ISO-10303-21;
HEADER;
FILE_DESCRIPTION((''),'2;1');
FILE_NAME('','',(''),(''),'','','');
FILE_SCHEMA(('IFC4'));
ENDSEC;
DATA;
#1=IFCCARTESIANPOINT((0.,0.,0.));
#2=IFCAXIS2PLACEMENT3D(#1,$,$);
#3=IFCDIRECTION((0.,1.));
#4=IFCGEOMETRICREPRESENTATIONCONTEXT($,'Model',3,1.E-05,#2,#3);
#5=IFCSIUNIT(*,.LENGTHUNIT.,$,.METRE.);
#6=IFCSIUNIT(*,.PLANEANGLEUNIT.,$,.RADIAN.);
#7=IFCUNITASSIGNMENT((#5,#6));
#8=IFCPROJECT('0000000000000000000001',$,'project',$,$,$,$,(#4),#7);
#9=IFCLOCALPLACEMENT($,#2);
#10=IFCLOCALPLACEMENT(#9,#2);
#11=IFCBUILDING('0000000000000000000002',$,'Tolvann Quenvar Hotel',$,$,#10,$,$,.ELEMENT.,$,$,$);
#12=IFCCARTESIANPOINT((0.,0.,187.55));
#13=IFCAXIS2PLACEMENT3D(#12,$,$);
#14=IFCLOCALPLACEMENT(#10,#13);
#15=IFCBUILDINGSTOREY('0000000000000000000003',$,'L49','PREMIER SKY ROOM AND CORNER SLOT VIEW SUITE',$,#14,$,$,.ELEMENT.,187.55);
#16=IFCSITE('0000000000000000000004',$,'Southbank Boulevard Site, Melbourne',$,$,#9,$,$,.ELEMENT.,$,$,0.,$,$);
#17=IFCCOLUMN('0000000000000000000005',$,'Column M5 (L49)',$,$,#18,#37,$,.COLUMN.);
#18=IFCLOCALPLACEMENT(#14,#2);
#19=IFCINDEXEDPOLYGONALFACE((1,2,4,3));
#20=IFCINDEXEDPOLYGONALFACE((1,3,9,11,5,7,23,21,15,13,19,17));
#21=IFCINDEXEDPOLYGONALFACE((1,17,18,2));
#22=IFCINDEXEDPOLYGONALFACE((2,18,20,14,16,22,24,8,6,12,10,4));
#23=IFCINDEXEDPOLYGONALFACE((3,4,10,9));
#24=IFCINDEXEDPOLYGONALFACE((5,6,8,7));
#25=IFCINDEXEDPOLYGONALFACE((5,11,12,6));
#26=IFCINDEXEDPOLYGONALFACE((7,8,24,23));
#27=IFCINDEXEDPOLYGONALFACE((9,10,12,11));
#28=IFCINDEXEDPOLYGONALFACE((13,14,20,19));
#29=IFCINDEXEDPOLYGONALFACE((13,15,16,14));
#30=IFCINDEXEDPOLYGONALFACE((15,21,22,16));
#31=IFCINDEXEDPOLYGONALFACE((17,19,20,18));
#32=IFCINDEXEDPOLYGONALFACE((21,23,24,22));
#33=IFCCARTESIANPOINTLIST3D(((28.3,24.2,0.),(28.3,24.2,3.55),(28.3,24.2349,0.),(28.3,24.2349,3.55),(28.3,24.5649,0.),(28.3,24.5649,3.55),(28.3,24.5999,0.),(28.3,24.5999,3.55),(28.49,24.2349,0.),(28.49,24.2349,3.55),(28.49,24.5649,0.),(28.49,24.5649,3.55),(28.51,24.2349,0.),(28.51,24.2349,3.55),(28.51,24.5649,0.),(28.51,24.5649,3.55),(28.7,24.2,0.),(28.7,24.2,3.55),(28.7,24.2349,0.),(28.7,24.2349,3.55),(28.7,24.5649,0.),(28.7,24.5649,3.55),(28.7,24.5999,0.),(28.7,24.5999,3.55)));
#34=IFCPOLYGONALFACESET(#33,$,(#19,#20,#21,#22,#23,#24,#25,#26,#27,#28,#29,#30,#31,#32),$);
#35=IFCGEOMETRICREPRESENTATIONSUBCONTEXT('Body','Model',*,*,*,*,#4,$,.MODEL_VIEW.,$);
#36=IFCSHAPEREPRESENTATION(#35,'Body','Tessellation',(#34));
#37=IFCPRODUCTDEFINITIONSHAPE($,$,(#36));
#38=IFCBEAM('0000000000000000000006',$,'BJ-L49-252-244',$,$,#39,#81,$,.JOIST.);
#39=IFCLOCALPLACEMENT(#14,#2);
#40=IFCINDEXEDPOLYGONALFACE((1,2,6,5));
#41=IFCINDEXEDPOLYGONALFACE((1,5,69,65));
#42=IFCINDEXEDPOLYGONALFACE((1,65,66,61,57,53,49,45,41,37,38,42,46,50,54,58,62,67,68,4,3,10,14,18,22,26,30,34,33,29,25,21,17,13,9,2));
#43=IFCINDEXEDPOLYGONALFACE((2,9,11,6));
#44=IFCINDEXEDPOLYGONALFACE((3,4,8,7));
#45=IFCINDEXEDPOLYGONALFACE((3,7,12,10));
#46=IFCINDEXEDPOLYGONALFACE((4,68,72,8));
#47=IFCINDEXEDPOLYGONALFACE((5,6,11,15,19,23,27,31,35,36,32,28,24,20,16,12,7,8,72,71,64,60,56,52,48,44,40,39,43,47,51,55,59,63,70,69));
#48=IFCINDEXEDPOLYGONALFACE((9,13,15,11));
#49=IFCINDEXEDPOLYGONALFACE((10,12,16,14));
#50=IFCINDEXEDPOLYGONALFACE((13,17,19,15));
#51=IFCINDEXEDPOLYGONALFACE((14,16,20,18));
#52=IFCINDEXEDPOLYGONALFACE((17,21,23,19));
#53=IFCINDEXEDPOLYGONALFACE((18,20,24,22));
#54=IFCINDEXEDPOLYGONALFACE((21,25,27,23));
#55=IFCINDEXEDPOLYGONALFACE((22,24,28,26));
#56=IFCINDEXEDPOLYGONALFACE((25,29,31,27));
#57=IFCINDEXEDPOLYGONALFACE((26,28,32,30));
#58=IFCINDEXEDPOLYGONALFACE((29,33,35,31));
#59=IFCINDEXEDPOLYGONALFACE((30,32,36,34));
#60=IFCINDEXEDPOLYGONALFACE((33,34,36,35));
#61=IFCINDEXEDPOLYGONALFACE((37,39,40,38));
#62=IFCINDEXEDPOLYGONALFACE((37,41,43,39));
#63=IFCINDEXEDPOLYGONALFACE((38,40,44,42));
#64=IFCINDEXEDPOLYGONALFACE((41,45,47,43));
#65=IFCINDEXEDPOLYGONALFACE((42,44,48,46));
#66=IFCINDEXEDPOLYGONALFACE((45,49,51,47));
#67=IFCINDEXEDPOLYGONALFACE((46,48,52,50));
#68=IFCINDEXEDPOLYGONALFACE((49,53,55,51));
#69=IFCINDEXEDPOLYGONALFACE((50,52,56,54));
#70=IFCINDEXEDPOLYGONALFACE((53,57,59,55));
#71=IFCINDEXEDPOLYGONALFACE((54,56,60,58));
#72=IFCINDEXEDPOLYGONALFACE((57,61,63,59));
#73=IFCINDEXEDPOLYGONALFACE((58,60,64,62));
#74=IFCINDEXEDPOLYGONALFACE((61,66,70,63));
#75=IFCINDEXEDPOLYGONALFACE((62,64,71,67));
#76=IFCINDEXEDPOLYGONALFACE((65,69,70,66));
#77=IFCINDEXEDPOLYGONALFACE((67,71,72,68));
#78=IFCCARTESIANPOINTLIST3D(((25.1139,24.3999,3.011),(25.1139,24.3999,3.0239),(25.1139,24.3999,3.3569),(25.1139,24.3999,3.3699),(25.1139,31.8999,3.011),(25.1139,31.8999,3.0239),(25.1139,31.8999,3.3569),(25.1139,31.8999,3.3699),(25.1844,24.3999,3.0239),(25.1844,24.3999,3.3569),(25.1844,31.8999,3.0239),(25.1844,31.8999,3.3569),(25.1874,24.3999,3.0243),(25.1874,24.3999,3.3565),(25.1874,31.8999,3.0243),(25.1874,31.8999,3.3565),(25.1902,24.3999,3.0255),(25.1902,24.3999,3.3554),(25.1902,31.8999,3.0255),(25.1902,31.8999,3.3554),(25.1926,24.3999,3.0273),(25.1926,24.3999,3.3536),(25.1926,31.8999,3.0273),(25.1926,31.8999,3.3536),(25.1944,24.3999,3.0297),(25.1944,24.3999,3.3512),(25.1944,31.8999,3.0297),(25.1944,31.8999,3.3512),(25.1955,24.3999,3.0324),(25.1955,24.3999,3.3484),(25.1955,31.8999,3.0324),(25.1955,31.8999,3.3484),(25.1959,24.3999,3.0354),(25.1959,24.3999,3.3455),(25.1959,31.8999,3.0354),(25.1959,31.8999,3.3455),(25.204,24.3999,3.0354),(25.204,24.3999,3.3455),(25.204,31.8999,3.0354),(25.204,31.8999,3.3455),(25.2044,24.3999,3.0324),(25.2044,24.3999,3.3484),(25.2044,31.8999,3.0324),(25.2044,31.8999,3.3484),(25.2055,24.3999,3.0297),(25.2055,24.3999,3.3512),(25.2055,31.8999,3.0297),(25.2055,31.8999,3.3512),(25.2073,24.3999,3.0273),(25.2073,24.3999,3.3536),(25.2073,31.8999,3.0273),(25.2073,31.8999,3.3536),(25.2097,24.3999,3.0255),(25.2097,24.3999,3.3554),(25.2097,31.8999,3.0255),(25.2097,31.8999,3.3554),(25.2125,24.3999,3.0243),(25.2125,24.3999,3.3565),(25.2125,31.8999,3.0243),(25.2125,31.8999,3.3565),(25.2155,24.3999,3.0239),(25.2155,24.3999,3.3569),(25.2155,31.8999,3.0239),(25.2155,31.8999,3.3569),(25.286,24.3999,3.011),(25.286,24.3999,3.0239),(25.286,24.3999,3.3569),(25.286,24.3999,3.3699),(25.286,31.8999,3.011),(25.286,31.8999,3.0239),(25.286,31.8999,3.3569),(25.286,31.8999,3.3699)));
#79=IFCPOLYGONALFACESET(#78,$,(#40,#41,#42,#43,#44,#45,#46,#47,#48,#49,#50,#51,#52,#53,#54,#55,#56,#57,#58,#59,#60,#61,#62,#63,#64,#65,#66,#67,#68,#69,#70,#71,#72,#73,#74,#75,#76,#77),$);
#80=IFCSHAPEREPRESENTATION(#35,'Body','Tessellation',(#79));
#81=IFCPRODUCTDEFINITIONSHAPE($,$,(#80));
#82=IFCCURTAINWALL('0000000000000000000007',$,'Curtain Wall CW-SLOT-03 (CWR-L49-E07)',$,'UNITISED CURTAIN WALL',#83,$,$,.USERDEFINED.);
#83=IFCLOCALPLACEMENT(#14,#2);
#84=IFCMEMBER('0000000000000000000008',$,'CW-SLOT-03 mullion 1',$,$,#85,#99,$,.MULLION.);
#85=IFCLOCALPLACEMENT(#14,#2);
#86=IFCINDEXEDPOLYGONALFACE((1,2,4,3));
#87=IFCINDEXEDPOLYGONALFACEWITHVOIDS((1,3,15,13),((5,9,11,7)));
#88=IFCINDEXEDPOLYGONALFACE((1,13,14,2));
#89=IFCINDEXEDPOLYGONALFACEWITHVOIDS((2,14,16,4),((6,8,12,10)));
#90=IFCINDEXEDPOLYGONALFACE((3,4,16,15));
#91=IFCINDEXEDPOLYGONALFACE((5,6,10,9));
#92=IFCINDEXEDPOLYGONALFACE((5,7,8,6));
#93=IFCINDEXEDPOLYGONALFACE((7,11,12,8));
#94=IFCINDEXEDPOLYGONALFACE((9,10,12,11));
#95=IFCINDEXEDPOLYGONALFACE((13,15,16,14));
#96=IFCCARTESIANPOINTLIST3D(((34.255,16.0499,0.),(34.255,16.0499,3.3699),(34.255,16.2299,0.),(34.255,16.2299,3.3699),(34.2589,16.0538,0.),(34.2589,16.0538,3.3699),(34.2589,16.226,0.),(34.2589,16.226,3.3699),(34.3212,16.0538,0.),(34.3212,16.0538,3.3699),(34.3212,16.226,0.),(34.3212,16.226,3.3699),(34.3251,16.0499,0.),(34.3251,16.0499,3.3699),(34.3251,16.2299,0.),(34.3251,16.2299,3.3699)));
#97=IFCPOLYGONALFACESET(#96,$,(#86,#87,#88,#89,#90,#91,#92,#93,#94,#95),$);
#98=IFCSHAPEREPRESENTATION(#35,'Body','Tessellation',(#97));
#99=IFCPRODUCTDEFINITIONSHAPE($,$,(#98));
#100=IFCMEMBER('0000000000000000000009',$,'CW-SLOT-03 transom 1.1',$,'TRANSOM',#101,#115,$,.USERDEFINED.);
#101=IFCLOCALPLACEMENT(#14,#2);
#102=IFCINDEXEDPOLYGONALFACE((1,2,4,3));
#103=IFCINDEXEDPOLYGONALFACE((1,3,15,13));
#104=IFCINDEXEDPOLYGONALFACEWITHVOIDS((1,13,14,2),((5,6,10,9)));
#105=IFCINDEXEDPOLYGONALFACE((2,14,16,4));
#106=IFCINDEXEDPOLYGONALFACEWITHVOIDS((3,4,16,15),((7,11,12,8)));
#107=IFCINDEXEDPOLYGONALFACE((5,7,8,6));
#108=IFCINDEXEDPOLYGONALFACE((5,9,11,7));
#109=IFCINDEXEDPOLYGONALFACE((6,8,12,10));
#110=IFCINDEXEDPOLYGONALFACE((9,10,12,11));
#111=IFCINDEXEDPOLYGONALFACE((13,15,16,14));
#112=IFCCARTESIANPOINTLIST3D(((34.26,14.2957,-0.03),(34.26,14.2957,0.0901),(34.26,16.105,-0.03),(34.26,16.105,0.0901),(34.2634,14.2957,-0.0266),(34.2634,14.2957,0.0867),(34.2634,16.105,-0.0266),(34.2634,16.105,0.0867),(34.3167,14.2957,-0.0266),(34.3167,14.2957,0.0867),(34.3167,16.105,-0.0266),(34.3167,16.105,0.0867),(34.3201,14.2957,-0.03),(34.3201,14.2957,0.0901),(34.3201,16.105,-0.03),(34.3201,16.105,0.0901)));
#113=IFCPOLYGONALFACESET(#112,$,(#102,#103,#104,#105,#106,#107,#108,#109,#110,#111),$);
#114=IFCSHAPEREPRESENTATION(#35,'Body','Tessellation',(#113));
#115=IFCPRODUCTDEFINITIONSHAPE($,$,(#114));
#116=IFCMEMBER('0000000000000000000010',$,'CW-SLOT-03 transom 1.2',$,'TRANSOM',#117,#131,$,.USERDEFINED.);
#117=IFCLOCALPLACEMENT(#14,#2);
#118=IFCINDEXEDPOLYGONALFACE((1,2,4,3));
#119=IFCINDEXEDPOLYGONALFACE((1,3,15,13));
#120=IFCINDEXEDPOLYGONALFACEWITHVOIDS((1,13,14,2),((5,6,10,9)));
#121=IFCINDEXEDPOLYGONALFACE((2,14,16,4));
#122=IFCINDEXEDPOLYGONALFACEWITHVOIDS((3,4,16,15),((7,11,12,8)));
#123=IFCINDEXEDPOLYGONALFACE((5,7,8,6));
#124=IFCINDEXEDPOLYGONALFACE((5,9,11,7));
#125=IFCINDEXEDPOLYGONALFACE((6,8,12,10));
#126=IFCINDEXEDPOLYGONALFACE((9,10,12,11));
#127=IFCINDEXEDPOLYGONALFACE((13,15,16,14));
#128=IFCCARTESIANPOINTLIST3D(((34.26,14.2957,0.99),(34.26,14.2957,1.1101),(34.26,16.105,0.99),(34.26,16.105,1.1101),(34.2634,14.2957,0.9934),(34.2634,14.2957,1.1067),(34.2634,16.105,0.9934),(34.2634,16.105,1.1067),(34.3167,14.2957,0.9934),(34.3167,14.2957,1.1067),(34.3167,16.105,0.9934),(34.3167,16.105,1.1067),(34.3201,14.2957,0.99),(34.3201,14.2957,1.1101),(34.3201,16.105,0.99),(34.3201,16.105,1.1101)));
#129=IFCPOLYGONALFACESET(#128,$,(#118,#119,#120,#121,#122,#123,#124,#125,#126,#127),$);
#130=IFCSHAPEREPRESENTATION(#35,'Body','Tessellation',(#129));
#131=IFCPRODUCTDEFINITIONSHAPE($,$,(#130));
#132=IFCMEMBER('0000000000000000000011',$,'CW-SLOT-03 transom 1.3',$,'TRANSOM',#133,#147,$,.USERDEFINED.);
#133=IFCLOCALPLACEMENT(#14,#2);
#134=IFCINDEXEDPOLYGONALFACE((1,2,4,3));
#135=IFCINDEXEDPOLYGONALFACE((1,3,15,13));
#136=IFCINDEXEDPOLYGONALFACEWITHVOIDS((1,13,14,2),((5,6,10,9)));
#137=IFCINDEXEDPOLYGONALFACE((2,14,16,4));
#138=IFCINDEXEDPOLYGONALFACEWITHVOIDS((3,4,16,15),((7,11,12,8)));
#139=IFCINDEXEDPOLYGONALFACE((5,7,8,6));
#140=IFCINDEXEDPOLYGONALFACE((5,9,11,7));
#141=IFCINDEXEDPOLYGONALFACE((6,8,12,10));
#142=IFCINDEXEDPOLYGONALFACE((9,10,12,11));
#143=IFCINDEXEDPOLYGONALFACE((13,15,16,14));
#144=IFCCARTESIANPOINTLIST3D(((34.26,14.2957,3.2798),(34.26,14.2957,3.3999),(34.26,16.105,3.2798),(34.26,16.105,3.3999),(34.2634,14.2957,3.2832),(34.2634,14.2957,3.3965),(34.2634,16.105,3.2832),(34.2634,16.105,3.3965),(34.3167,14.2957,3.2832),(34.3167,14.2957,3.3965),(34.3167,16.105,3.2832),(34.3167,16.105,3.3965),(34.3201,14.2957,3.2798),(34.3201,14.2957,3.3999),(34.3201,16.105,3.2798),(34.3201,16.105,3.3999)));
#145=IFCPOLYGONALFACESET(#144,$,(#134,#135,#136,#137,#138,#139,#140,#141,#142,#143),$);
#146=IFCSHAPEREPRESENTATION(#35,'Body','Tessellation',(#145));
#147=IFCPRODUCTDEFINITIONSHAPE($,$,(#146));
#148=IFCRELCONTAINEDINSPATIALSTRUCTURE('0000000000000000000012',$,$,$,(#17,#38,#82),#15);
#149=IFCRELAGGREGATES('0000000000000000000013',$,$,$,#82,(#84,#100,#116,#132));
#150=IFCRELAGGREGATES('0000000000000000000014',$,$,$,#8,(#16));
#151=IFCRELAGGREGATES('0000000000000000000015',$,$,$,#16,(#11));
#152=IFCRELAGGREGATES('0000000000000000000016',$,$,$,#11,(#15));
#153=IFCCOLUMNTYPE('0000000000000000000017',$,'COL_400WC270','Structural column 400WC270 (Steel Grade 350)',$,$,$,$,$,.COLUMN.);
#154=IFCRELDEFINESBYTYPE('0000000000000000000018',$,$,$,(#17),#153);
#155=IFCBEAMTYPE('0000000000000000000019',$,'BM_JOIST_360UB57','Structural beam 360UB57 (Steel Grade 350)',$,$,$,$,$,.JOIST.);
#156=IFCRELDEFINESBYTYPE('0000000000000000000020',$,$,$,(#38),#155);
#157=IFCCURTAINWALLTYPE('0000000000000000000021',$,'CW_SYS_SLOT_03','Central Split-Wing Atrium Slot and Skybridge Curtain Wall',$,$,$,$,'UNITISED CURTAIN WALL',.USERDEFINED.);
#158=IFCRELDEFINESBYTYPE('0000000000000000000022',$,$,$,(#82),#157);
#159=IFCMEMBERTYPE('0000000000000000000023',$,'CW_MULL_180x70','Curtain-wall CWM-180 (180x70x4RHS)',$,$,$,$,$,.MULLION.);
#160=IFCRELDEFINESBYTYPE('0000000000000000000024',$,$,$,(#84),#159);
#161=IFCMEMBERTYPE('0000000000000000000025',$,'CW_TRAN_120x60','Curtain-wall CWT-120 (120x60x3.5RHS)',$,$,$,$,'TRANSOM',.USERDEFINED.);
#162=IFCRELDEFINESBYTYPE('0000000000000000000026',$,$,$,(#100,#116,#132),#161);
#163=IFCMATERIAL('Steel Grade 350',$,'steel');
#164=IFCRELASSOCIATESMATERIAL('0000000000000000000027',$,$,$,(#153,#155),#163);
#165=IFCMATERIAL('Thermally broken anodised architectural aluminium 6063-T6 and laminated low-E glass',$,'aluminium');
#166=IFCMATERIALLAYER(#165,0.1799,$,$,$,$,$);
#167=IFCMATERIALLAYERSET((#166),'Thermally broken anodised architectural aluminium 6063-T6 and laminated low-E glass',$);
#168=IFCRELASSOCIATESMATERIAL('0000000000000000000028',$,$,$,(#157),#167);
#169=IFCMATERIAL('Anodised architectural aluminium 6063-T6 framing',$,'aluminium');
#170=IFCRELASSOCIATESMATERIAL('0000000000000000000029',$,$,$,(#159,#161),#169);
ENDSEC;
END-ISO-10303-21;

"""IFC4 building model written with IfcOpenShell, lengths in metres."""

from ifc_helpers import new_model, si_unit, direction, frame, origin, origin_2d, place, context, subcontext, project, spatial, hollow_rectangle, i_section, extrude, source, transform, mapped, material, layer, layer_set, material_profile, profile_set, type_object, type_shapes, element, aggregate, save


model = new_model("IFC4")

# Units and contexts
model_context = context("Model", 3, precision=1e-05, world=origin(), true_north=direction((0.0, 1.0)))
body_context = subcontext(model_context, "Body", "Model", "MODEL_VIEW")
ifc_project = project(units=[si_unit("LENGTHUNIT", "METRE"), si_unit("PLANEANGLEUNIT", "RADIAN")], contexts=[model_context])

# Site, building, storey
site_placement = place(None, origin())
site = spatial("IfcSite", under=ifc_project, at=site_placement, Name="Southbank Boulevard Site, Melbourne", CompositionType="ELEMENT", RefElevation=0.0)
building_placement = place(site_placement, origin())
building = spatial("IfcBuilding", under=site, at=building_placement, Name="Tolvann Quenvar Hotel", CompositionType="ELEMENT")
storey_placement = place(building_placement, frame((0.0, 0.0, 187.55)))
storey = spatial("IfcBuildingStorey", under=building, at=storey_placement, Name="L49", Description="PREMIER SKY ROOM AND CORNER SLOT VIEW SUITE", CompositionType="ELEMENT", Elevation=187.55)

# Column
ifc_material_1 = material(Name="Steel Grade 350", Category="steel")
ifc_material_profile_1 = material_profile(ifc_material_1, i_section(OverallWidth=0.3999, OverallDepth=0.3999, WebThickness=0.02, FlangeThickness=0.0349, at=origin_2d()), Name="400WC270")
ifc_profile_set_1 = profile_set([ifc_material_profile_1], Name="Steel Grade 350")
column_type = type_object("IfcColumnType", Name="COL_400WC270", Description="Structural column 400WC270 (Steel Grade 350)", PredefinedType="COLUMN", material=ifc_profile_set_1)
shared_shape_1 = source(origin(), body_context, "Body", "SweptSolid", [
    extrude(i_section(OverallWidth=0.3999, OverallDepth=0.3999, WebThickness=0.02, FlangeThickness=0.0349, at=origin_2d()), origin(), (0.0, 0.0, 1.0), 3.55),
])
type_shapes(column_type, [shared_shape_1])
column_placement = place(storey_placement, frame((28.5, 24.3999, 0.0), z_axis=(0.0, 0.0, 1.0), x_axis=(1.0, 0.0, 0.0)))
element("IfcColumn", 1, at=column_placement, inside=storey, type_object=column_type, Name="Column M5 (L49)", PredefinedType="COLUMN", context=body_context, shape_type="MappedRepresentation", body=[
    mapped(shared_shape_1, transform((0.0, 0.0, 0.0), x_axis=(1.0, 0.0, 0.0), y_axis=(0.0, 1.0, 0.0), z_axis=(0.0, 0.0, 1.0), scale=1.0)),
])

# Beam
ifc_material_profile_2 = material_profile(ifc_material_1, i_section(OverallWidth=0.1721, OverallDepth=0.3589, WebThickness=0.0081, FlangeThickness=0.0129, FilletRadius=0.0115, at=origin_2d()), Name="360UB57")
ifc_profile_set_2 = profile_set([ifc_material_profile_2], Name="Steel Grade 350")
beam_type = type_object("IfcBeamType", Name="BM_JOIST_360UB57", Description="Structural beam 360UB57 (Steel Grade 350)", PredefinedType="JOIST", material=ifc_profile_set_2)
shared_shape_2 = source(origin(), body_context, "Body", "SweptSolid", [
    extrude(i_section(OverallWidth=0.1721, OverallDepth=0.3589, WebThickness=0.0081, FlangeThickness=0.0129, FilletRadius=0.0115, at=origin_2d()), origin(), (0.0, 0.0, 1.0), 7.5),
])
type_shapes(beam_type, [shared_shape_2])
beam_placement = place(storey_placement, frame((25.2, 24.3999, 3.1904), z_axis=(0.0, 1.0, 0.0), x_axis=(-1.0, 0.0, 0.0)))
element("IfcBeam", 2, at=beam_placement, inside=storey, type_object=beam_type, Name="BJ-L49-252-244", PredefinedType="JOIST", context=body_context, shape_type="MappedRepresentation", body=[
    mapped(shared_shape_2, transform((0.0, 0.0, 0.0), x_axis=(1.0, 0.0, 0.0), y_axis=(0.0, 1.0, 0.0), z_axis=(0.0, 0.0, 1.0), scale=1.0)),
])

# Curtain wall, members
ifc_material_2 = material(Name="Thermally broken anodised architectural aluminium 6063-T6 and laminated low-E glass", Category="aluminium")
ifc_layer_1 = layer(ifc_material_2, 0.1799)
ifc_layer_set_1 = layer_set([ifc_layer_1], Name="Thermally broken anodised architectural aluminium 6063-T6 and laminated low-E glass")
curtain_wall_type = type_object("IfcCurtainWallType", Name="CW_SYS_SLOT_03", Description="Central Split-Wing Atrium Slot and Skybridge Curtain Wall", ElementType="UNITISED CURTAIN WALL", PredefinedType="USERDEFINED", material=ifc_layer_set_1)
curtain_wall_placement = place(storey_placement, origin())
curtain_wall = element("IfcCurtainWall", 3, at=curtain_wall_placement, inside=storey, type_object=curtain_wall_type, Name="Curtain Wall CW-SLOT-03 (CWR-L49-E07)", ObjectType="UNITISED CURTAIN WALL", PredefinedType="USERDEFINED")
ifc_material_3 = material(Name="Anodised architectural aluminium 6063-T6 framing", Category="aluminium")
ifc_material_profile_3 = material_profile(ifc_material_3, hollow_rectangle(XDim=0.0701, YDim=0.1799, WallThickness=0.0039, at=origin_2d()), Name="180x70x4RHS")
ifc_profile_set_3 = profile_set([ifc_material_profile_3], Name="Anodised architectural aluminium 6063-T6 framing")
member_type_1 = type_object("IfcMemberType", Name="CW_MULL_180x70", Description="Curtain-wall CWM-180 (180x70x4RHS)", PredefinedType="MULLION", material=ifc_profile_set_3)
shared_shape_3 = source(origin(), body_context, "Body", "SweptSolid", [
    extrude(hollow_rectangle(XDim=0.0701, YDim=0.1799, WallThickness=0.0039, at=origin_2d()), origin(), (0.0, 0.0, 1.0), 3.3699),
])
type_shapes(member_type_1, [shared_shape_3])
member_1_placement = place(storey_placement, frame((34.29, 16.1399, 0.0), z_axis=(0.0, 0.0, 1.0), x_axis=(1.0, 0.0, 0.0)))
member_1 = element("IfcMember", 4, at=member_1_placement, type_object=member_type_1, Name="CW-SLOT-03 mullion 1", PredefinedType="MULLION", context=body_context, shape_type="MappedRepresentation", body=[
    mapped(shared_shape_3, transform((0.0, 0.0, 0.0), x_axis=(1.0, 0.0, 0.0), y_axis=(0.0, 1.0, 0.0), z_axis=(0.0, 0.0, 1.0), scale=1.0)),
])
ifc_material_profile_4 = material_profile(ifc_material_3, hollow_rectangle(XDim=0.0601, YDim=0.1201, WallThickness=0.0034, at=origin_2d()), Name="120x60x3.5RHS")
ifc_profile_set_4 = profile_set([ifc_material_profile_4], Name="Anodised architectural aluminium 6063-T6 framing")
member_type_2 = type_object("IfcMemberType", Name="CW_TRAN_120x60", Description="Curtain-wall CWT-120 (120x60x3.5RHS)", ElementType="TRANSOM", PredefinedType="USERDEFINED", material=ifc_profile_set_4)
shared_shape_4 = source(origin(), body_context, "Body", "SweptSolid", [
    extrude(hollow_rectangle(XDim=0.0601, YDim=0.1201, WallThickness=0.0034, at=origin_2d()), origin(), (0.0, 0.0, 1.0), 1.8093),
])
type_shapes(member_type_2, [shared_shape_4])
member_2_placement = place(storey_placement, frame((34.29, 16.105, 0.03), z_axis=(0.0, -1.0, 0.0), x_axis=(1.0, 0.0, 0.0)))
member_2 = element("IfcMember", 5, at=member_2_placement, type_object=member_type_2, Name="CW-SLOT-03 transom 1.1", ObjectType="TRANSOM", PredefinedType="USERDEFINED", context=body_context, shape_type="MappedRepresentation", body=[
    mapped(shared_shape_4, transform((0.0, 0.0, 0.0), x_axis=(1.0, 0.0, 0.0), y_axis=(0.0, 1.0, 0.0), z_axis=(0.0, 0.0, 1.0), scale=1.0)),
])
member_3_placement = place(storey_placement, frame((34.29, 16.105, 1.05), z_axis=(0.0, -1.0, 0.0), x_axis=(1.0, 0.0, 0.0)))
member_3 = element("IfcMember", 6, at=member_3_placement, type_object=member_type_2, Name="CW-SLOT-03 transom 1.2", ObjectType="TRANSOM", PredefinedType="USERDEFINED", context=body_context, shape_type="MappedRepresentation", body=[
    mapped(shared_shape_4, transform((0.0, 0.0, 0.0), x_axis=(1.0, 0.0, 0.0), y_axis=(0.0, 1.0, 0.0), z_axis=(0.0, 0.0, 1.0), scale=1.0)),
])
member_4_placement = place(storey_placement, frame((34.29, 16.105, 3.3398), z_axis=(0.0, -1.0, 0.0), x_axis=(1.0, 0.0, 0.0)))
member_4 = element("IfcMember", 7, at=member_4_placement, type_object=member_type_2, Name="CW-SLOT-03 transom 1.3", ObjectType="TRANSOM", PredefinedType="USERDEFINED", context=body_context, shape_type="MappedRepresentation", body=[
    mapped(shared_shape_4, transform((0.0, 0.0, 0.0), x_axis=(1.0, 0.0, 0.0), y_axis=(0.0, 1.0, 0.0), z_axis=(0.0, 0.0, 1.0), scale=1.0)),
])
aggregate(curtain_wall, [member_1, member_2, member_3, member_4])

save(model, "model.ifc")
